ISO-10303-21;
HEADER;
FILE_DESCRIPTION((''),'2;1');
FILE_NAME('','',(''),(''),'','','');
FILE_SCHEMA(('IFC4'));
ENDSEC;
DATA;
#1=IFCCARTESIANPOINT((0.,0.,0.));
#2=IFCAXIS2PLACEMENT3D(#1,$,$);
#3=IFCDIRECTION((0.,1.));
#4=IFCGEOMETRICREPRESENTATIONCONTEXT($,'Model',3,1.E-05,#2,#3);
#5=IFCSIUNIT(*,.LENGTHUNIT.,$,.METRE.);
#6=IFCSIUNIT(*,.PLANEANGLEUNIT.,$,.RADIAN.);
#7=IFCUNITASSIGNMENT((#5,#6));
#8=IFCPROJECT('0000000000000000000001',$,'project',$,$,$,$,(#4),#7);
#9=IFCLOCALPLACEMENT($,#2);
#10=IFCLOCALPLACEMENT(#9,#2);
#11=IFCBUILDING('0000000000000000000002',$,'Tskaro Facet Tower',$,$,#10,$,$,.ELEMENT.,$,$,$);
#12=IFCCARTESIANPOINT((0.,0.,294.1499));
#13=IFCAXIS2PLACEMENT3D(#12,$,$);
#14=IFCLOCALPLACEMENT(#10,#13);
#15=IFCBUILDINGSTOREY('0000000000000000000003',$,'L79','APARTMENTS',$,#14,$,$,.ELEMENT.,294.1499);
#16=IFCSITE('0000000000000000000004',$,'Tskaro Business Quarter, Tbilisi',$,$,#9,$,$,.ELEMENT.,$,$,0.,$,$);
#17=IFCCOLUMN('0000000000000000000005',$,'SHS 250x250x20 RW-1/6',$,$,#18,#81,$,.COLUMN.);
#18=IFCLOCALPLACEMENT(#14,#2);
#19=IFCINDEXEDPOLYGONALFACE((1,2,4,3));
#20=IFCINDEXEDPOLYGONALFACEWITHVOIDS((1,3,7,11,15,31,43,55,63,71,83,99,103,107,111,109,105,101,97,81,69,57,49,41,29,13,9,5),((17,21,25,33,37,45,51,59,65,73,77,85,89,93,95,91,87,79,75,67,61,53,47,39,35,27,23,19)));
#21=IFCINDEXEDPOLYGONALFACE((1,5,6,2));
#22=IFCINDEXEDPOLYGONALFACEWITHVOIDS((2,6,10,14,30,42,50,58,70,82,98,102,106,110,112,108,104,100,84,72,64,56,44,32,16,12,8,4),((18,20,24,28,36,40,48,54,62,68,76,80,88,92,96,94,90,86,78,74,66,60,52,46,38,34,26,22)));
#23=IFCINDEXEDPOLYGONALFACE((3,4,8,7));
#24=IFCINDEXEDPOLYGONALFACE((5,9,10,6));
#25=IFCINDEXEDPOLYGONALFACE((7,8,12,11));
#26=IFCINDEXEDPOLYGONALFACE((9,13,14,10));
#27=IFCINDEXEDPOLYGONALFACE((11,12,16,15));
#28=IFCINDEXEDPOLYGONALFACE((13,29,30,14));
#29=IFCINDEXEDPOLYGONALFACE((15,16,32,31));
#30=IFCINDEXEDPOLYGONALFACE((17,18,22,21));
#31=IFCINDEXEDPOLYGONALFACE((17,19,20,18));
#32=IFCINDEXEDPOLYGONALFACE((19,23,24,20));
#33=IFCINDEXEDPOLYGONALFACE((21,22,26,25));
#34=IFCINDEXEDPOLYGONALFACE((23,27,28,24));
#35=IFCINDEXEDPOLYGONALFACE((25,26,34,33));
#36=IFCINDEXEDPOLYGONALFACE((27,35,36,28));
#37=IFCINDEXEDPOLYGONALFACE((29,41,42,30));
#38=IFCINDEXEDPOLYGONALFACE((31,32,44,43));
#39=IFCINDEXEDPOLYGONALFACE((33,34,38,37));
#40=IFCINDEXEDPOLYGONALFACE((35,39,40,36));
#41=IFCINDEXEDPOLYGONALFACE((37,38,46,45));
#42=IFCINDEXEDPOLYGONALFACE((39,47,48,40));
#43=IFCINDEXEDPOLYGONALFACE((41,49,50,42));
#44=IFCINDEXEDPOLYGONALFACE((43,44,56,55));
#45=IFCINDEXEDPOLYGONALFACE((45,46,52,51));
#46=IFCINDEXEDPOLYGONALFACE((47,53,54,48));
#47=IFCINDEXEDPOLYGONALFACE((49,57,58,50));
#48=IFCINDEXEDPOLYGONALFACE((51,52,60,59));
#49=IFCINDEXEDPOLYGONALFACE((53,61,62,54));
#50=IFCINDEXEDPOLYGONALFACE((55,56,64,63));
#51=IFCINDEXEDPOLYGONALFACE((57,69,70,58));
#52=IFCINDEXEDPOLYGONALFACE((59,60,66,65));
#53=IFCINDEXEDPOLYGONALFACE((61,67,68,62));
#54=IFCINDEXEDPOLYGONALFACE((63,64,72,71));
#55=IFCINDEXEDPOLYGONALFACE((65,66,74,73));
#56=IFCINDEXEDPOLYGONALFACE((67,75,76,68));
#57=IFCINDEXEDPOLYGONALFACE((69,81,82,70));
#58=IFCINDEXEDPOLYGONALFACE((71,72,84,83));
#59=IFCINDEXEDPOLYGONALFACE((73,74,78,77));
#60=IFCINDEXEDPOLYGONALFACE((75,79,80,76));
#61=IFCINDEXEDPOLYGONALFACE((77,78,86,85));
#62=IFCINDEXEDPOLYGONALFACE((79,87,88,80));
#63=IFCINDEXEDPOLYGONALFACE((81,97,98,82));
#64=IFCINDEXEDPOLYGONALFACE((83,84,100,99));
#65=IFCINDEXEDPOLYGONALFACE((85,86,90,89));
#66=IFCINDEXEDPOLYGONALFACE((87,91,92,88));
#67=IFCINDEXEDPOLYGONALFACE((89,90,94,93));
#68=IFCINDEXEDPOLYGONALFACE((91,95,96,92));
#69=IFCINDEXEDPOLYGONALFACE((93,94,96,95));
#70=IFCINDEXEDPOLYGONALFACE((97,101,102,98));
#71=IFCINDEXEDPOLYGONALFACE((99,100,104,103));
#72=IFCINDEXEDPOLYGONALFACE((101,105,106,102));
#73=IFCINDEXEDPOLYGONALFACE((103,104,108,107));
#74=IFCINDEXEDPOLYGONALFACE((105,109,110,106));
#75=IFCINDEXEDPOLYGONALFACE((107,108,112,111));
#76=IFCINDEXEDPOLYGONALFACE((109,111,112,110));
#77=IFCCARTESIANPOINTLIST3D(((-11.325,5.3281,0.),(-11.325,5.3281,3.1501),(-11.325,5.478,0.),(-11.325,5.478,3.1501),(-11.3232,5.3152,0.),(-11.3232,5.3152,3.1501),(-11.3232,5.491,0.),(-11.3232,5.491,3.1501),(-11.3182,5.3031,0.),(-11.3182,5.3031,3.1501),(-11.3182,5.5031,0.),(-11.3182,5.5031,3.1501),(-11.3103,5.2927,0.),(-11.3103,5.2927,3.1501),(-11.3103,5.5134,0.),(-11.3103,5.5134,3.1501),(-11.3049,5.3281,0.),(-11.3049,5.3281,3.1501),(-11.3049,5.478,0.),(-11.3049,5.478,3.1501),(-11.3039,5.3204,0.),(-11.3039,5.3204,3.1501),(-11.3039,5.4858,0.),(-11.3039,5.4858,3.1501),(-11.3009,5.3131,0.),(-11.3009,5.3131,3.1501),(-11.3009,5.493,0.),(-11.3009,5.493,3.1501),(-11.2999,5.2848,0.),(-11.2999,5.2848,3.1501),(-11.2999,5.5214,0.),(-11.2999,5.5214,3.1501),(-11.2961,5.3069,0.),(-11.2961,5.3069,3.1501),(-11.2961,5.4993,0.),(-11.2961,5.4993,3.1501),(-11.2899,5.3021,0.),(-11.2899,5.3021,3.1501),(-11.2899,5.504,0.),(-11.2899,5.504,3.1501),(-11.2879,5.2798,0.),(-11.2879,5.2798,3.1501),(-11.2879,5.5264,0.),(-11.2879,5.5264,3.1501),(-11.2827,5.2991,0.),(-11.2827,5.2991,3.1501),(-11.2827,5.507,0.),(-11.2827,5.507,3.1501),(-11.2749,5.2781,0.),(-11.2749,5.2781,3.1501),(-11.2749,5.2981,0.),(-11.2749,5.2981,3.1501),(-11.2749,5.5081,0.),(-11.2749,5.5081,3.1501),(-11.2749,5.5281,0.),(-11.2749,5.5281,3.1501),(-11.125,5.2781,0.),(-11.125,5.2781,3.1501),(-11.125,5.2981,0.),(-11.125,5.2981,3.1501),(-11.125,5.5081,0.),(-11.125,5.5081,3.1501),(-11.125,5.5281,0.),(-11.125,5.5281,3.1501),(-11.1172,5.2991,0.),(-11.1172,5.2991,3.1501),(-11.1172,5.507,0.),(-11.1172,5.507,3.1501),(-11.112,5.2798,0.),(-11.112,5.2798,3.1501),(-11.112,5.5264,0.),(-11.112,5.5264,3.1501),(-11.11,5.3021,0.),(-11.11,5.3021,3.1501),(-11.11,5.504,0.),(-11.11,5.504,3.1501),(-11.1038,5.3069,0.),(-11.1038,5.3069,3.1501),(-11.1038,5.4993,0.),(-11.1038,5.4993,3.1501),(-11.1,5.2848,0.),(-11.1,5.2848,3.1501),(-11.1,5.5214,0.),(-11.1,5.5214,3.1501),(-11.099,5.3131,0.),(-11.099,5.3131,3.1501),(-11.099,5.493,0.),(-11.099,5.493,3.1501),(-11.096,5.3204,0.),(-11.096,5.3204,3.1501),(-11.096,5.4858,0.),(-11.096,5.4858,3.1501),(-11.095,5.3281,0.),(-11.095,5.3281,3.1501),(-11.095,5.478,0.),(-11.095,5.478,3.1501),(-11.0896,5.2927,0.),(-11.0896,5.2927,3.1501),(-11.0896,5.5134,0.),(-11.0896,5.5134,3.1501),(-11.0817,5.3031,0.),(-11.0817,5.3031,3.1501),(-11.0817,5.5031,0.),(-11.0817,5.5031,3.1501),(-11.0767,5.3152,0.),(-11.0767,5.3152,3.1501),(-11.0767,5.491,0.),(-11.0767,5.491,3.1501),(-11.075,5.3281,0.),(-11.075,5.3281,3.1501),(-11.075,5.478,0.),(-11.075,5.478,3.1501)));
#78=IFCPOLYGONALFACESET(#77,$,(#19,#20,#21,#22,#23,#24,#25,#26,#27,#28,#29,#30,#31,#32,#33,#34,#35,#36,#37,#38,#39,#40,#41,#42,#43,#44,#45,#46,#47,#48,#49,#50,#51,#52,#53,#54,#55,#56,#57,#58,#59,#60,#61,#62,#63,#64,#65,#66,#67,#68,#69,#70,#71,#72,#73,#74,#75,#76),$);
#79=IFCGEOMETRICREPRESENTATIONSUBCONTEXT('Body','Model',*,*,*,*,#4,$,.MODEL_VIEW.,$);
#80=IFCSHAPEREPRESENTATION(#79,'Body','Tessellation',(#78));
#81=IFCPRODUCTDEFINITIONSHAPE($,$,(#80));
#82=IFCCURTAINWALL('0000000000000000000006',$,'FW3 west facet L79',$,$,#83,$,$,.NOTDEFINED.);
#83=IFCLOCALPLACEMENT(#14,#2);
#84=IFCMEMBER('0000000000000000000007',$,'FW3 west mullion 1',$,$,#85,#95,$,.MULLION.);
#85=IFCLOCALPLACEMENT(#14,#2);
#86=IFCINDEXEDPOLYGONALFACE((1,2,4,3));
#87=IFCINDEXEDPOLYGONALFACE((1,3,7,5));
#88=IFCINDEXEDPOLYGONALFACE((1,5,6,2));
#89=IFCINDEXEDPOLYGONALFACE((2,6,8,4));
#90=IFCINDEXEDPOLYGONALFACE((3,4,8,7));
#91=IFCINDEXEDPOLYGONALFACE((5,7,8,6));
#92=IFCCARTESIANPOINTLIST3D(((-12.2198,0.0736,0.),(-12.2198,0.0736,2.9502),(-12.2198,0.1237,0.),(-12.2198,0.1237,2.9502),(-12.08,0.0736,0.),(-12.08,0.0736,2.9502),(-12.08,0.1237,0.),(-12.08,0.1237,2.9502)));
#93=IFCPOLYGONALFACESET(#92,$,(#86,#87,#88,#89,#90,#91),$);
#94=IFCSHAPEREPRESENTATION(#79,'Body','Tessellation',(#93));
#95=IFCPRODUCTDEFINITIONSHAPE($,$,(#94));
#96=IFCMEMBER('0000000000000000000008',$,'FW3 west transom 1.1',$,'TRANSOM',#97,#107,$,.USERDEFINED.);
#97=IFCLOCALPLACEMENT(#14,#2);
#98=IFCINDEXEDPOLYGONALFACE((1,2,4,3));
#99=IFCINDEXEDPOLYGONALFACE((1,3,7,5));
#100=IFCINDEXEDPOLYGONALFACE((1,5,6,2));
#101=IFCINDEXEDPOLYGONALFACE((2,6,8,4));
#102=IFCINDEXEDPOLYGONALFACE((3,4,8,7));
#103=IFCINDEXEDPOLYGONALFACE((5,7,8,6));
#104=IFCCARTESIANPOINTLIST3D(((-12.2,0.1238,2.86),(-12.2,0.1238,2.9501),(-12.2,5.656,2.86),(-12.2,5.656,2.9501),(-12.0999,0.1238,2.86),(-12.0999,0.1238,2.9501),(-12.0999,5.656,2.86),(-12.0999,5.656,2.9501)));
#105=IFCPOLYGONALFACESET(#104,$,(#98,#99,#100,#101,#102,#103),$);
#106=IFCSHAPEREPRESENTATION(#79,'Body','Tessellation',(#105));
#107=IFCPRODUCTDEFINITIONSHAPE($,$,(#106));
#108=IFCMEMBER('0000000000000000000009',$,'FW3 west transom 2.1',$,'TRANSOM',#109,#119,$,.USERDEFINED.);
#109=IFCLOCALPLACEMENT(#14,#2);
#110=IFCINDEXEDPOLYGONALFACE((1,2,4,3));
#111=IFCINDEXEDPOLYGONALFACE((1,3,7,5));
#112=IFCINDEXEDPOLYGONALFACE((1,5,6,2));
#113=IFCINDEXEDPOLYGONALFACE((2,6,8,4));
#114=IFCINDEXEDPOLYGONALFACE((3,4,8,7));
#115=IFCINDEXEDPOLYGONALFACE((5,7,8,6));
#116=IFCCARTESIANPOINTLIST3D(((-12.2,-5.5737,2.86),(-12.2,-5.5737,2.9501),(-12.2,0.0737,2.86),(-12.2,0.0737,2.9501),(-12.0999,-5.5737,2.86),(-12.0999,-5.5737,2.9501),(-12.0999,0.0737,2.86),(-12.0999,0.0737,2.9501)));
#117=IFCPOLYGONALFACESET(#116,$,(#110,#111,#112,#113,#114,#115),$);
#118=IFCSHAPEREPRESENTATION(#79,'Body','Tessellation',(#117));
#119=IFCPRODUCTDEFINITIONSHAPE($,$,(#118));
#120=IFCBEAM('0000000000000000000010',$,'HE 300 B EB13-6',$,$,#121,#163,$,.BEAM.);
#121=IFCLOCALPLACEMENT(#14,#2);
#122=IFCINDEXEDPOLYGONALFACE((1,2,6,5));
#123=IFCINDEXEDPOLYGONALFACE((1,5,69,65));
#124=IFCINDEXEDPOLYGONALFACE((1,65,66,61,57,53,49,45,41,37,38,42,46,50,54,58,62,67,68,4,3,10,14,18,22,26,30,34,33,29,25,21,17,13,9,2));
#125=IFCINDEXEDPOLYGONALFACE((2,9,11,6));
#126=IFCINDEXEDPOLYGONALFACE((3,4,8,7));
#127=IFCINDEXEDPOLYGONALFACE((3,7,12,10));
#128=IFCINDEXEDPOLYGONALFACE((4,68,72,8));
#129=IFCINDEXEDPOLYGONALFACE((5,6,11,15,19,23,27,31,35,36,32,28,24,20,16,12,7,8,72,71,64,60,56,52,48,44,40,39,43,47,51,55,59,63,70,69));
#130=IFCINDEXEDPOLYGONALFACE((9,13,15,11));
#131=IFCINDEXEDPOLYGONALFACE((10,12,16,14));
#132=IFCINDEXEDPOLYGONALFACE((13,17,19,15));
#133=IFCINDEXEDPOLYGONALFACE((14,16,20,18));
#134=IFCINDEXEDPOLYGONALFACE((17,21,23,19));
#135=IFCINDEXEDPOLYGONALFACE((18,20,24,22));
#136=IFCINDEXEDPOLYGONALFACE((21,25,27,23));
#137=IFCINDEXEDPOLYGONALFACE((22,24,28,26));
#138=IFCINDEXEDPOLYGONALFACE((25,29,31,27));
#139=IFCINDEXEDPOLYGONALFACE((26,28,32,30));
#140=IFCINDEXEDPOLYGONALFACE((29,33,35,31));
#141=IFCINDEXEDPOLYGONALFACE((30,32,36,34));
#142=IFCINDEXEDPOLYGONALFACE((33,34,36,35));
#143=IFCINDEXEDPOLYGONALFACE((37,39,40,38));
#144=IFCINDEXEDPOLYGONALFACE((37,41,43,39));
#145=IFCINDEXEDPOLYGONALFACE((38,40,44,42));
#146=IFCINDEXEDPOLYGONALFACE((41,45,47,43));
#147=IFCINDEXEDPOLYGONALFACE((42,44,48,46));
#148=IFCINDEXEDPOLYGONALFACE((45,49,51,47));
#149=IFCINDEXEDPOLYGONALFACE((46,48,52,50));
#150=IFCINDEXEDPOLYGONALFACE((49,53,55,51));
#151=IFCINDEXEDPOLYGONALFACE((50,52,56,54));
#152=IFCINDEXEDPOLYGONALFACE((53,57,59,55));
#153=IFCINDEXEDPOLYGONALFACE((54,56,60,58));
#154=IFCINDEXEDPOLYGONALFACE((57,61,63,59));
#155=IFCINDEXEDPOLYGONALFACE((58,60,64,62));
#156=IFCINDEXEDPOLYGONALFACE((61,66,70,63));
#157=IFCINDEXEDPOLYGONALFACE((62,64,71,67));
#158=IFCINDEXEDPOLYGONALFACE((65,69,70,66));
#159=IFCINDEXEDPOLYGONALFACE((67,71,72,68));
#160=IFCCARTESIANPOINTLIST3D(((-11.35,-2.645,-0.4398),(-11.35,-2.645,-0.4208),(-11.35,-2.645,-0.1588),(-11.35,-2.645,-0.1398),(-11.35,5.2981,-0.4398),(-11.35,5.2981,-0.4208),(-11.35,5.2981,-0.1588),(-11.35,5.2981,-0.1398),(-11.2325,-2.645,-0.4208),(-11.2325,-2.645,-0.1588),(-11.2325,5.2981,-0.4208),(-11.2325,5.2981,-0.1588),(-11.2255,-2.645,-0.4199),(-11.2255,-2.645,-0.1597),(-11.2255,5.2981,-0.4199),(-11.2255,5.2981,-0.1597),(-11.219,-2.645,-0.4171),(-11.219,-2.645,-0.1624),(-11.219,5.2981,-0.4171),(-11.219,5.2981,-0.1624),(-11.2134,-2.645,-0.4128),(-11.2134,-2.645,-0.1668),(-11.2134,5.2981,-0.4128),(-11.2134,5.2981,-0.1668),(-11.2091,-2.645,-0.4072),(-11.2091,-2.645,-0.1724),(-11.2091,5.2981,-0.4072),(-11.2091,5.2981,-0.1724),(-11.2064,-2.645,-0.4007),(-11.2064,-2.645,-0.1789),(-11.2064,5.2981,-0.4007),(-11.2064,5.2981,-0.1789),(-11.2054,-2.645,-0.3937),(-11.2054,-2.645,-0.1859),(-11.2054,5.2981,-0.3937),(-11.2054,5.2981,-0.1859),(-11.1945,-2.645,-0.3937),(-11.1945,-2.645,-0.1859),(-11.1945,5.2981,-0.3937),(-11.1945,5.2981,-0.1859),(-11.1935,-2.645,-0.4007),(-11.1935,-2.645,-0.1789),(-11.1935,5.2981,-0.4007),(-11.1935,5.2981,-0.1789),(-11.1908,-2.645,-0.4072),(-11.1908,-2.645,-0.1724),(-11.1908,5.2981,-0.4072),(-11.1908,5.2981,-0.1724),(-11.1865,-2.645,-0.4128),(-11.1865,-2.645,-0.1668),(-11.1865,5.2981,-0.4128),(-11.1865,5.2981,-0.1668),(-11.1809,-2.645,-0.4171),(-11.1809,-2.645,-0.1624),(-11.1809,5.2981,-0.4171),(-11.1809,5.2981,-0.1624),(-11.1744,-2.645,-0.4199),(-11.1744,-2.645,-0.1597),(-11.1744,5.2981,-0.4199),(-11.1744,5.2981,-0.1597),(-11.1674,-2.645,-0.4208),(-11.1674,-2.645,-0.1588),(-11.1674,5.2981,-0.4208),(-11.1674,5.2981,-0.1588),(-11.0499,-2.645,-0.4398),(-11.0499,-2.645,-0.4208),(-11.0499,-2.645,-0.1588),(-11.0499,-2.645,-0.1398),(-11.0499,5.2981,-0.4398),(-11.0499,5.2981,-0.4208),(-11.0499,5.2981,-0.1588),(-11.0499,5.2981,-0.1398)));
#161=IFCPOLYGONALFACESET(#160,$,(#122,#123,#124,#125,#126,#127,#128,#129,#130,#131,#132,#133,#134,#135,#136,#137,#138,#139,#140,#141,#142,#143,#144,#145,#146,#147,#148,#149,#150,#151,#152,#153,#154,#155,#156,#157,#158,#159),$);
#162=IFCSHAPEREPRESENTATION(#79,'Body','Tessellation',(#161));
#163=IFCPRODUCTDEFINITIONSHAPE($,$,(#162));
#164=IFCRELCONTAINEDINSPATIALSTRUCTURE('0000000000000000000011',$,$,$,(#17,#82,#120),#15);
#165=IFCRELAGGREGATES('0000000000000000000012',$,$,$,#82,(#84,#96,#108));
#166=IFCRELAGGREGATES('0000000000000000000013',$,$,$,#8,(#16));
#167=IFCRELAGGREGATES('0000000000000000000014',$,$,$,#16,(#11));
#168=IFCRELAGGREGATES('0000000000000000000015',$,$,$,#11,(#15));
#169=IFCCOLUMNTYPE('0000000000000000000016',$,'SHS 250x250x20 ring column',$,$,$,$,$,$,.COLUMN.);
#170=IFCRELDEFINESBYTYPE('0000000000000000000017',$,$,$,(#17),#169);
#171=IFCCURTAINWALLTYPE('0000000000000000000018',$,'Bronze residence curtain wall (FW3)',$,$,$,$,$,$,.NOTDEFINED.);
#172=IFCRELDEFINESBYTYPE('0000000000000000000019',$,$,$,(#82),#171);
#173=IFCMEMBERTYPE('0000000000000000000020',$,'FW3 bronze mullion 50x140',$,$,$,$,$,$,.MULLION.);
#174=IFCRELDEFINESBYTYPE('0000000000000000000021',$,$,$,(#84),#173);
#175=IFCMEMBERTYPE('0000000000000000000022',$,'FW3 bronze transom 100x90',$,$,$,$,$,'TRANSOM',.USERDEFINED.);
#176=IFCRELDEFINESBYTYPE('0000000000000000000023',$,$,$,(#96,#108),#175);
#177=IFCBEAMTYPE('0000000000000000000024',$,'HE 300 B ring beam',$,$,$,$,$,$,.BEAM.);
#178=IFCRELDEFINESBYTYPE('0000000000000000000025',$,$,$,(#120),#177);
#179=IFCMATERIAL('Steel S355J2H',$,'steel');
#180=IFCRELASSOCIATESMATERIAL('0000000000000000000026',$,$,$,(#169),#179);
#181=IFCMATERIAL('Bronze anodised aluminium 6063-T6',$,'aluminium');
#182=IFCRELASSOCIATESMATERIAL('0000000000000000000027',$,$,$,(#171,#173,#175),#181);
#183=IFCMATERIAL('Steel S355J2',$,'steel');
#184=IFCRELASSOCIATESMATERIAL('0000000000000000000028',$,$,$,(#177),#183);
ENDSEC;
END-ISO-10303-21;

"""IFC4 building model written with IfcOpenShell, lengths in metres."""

from ifc_helpers import new_model, si_unit, direction, frame, origin, origin_2d, place, context, subcontext, project, spatial, rectangle, hollow_rectangle, i_section, extrude, material, material_profile, profile_set, type_object, element, aggregate, save


model = new_model("IFC4")

# Units and contexts
model_context = context("Model", 3, precision=1e-05, world=origin(), true_north=direction((0.0, 1.0)))
body_context = subcontext(model_context, "Body", "Model", "MODEL_VIEW")
ifc_project = project(units=[si_unit("LENGTHUNIT", "METRE"), si_unit("PLANEANGLEUNIT", "RADIAN")], contexts=[model_context])

# Site, building, storey
site_placement = place(None, origin())
site = spatial("IfcSite", under=ifc_project, at=site_placement, Name="Tskaro Business Quarter, Tbilisi", CompositionType="ELEMENT", RefElevation=0.0)
building_placement = place(site_placement, origin())
building = spatial("IfcBuilding", under=site, at=building_placement, Name="Tskaro Facet Tower", CompositionType="ELEMENT")
storey_placement = place(building_placement, frame((0.0, 0.0, 294.1499)))
storey = spatial("IfcBuildingStorey", under=building, at=storey_placement, Name="L79", Description="APARTMENTS", CompositionType="ELEMENT", Elevation=294.1499)

# Column
ifc_material_1 = material(Name="Steel S355J2H", Category="steel")
ifc_material_profile_1 = material_profile(ifc_material_1, hollow_rectangle(XDim=0.25, YDim=0.25, WallThickness=0.02, InnerFilletRadius=0.03, OuterFilletRadius=0.05, at=origin_2d()), Name="SHS 250x250x20")
ifc_profile_set_1 = profile_set([ifc_material_profile_1], Name="Steel S355J2H")
column_type = type_object("IfcColumnType", Name="SHS 250x250x20 ring column", PredefinedType="COLUMN", material=ifc_profile_set_1)
column_placement = place(storey_placement, frame((-11.2, 5.4031, 0.0), z_axis=(0.0, 0.0, 1.0), x_axis=(1.0, 0.0, 0.0)))
element("IfcColumn", 1, at=column_placement, inside=storey, type_object=column_type, Name="SHS 250x250x20 RW-1/6", PredefinedType="COLUMN", context=body_context, shape_type="SweptSolid", body=[
    extrude(hollow_rectangle(XDim=0.25, YDim=0.25, WallThickness=0.02, InnerFilletRadius=0.03, OuterFilletRadius=0.05, at=origin_2d()), origin(), (0.0, 0.0, 1.0), 3.1501),
])

# Curtain wall, members
ifc_material_2 = material(Name="Bronze anodised aluminium 6063-T6", Category="aluminium")
curtain_wall_type = type_object("IfcCurtainWallType", Name="Bronze residence curtain wall (FW3)", PredefinedType="NOTDEFINED", material=ifc_material_2)
curtain_wall_placement = place(storey_placement, origin())
curtain_wall = element("IfcCurtainWall", 2, at=curtain_wall_placement, inside=storey, type_object=curtain_wall_type, Name="FW3 west facet L79", PredefinedType="NOTDEFINED")
ifc_material_profile_2 = material_profile(ifc_material_2, rectangle(XDim=0.05, YDim=0.1399, at=origin_2d()), Name="Mullion 50x140")
ifc_profile_set_2 = profile_set([ifc_material_profile_2], Name="Bronze anodised aluminium 6063-T6")
member_type_1 = type_object("IfcMemberType", Name="FW3 bronze mullion 50x140", PredefinedType="MULLION", material=ifc_profile_set_2)
member_1_placement = place(storey_placement, frame((-12.1499, 0.0986, 0.0), z_axis=(0.0, 0.0, 1.0), x_axis=(0.0, -1.0, 0.0)))
member_1 = element("IfcMember", 3, at=member_1_placement, type_object=member_type_1, Name="FW3 west mullion 1", PredefinedType="MULLION", context=body_context, shape_type="SweptSolid", body=[
    extrude(rectangle(XDim=0.05, YDim=0.1399, at=origin_2d()), origin(), (0.0, 0.0, 1.0), 2.9502),
])
ifc_material_profile_3 = material_profile(ifc_material_2, rectangle(XDim=0.1001, YDim=0.0901, at=origin_2d()), Name="Transom 100x90")
ifc_profile_set_3 = profile_set([ifc_material_profile_3], Name="Bronze anodised aluminium 6063-T6")
member_type_2 = type_object("IfcMemberType", Name="FW3 bronze transom 100x90", ElementType="TRANSOM", PredefinedType="USERDEFINED", material=ifc_profile_set_3)
member_2_placement = place(storey_placement, frame((-12.1499, 5.656, 2.905), z_axis=(0.0, -1.0, 0.0), x_axis=(1.0, 0.0, 0.0)))
member_2 = element("IfcMember", 4, at=member_2_placement, type_object=member_type_2, Name="FW3 west transom 1.1", ObjectType="TRANSOM", PredefinedType="USERDEFINED", context=body_context, shape_type="SweptSolid", body=[
    extrude(rectangle(XDim=0.1001, YDim=0.0901, at=origin_2d()), origin(), (0.0, 0.0, 1.0), 5.5322),
])
member_3_placement = place(storey_placement, frame((-12.1499, 0.0737, 2.905), z_axis=(0.0, -1.0, 0.0), x_axis=(1.0, 0.0, 0.0)))
member_3 = element("IfcMember", 5, at=member_3_placement, type_object=member_type_2, Name="FW3 west transom 2.1", ObjectType="TRANSOM", PredefinedType="USERDEFINED", context=body_context, shape_type="SweptSolid", body=[
    extrude(rectangle(XDim=0.1001, YDim=0.0901, at=origin_2d()), origin(), (0.0, 0.0, 1.0), 5.6475),
])

# Beam
ifc_material_3 = material(Name="Steel S355J2", Category="steel")
ifc_material_profile_4 = material_profile(ifc_material_3, i_section(OverallWidth=0.3, OverallDepth=0.3, WebThickness=0.011, FlangeThickness=0.019, FilletRadius=0.0271, at=origin_2d()), Name="HE 300 B")
ifc_profile_set_4 = profile_set([ifc_material_profile_4], Name="Steel S355J2")
beam_type_1 = type_object("IfcBeamType", Name="HE 300 B ring beam", PredefinedType="BEAM", material=ifc_profile_set_4)
beam_1_placement = place(storey_placement, frame((-11.2, 5.2981, -0.2898), z_axis=(0.0, -1.0, 0.0), x_axis=(1.0, 0.0, 0.0)))
element("IfcBeam", 6, at=beam_1_placement, inside=storey, type_object=beam_type_1, Name="HE 300 B EB13-6", PredefinedType="BEAM", context=body_context, shape_type="SweptSolid", body=[
    extrude(i_section(OverallWidth=0.3, OverallDepth=0.3, WebThickness=0.011, FlangeThickness=0.019, FilletRadius=0.0271, at=origin_2d()), origin(), (0.0, 0.0, 1.0), 7.9431),
])

aggregate(curtain_wall, [member_1, member_2, member_3])

save(model, "model.ifc")
